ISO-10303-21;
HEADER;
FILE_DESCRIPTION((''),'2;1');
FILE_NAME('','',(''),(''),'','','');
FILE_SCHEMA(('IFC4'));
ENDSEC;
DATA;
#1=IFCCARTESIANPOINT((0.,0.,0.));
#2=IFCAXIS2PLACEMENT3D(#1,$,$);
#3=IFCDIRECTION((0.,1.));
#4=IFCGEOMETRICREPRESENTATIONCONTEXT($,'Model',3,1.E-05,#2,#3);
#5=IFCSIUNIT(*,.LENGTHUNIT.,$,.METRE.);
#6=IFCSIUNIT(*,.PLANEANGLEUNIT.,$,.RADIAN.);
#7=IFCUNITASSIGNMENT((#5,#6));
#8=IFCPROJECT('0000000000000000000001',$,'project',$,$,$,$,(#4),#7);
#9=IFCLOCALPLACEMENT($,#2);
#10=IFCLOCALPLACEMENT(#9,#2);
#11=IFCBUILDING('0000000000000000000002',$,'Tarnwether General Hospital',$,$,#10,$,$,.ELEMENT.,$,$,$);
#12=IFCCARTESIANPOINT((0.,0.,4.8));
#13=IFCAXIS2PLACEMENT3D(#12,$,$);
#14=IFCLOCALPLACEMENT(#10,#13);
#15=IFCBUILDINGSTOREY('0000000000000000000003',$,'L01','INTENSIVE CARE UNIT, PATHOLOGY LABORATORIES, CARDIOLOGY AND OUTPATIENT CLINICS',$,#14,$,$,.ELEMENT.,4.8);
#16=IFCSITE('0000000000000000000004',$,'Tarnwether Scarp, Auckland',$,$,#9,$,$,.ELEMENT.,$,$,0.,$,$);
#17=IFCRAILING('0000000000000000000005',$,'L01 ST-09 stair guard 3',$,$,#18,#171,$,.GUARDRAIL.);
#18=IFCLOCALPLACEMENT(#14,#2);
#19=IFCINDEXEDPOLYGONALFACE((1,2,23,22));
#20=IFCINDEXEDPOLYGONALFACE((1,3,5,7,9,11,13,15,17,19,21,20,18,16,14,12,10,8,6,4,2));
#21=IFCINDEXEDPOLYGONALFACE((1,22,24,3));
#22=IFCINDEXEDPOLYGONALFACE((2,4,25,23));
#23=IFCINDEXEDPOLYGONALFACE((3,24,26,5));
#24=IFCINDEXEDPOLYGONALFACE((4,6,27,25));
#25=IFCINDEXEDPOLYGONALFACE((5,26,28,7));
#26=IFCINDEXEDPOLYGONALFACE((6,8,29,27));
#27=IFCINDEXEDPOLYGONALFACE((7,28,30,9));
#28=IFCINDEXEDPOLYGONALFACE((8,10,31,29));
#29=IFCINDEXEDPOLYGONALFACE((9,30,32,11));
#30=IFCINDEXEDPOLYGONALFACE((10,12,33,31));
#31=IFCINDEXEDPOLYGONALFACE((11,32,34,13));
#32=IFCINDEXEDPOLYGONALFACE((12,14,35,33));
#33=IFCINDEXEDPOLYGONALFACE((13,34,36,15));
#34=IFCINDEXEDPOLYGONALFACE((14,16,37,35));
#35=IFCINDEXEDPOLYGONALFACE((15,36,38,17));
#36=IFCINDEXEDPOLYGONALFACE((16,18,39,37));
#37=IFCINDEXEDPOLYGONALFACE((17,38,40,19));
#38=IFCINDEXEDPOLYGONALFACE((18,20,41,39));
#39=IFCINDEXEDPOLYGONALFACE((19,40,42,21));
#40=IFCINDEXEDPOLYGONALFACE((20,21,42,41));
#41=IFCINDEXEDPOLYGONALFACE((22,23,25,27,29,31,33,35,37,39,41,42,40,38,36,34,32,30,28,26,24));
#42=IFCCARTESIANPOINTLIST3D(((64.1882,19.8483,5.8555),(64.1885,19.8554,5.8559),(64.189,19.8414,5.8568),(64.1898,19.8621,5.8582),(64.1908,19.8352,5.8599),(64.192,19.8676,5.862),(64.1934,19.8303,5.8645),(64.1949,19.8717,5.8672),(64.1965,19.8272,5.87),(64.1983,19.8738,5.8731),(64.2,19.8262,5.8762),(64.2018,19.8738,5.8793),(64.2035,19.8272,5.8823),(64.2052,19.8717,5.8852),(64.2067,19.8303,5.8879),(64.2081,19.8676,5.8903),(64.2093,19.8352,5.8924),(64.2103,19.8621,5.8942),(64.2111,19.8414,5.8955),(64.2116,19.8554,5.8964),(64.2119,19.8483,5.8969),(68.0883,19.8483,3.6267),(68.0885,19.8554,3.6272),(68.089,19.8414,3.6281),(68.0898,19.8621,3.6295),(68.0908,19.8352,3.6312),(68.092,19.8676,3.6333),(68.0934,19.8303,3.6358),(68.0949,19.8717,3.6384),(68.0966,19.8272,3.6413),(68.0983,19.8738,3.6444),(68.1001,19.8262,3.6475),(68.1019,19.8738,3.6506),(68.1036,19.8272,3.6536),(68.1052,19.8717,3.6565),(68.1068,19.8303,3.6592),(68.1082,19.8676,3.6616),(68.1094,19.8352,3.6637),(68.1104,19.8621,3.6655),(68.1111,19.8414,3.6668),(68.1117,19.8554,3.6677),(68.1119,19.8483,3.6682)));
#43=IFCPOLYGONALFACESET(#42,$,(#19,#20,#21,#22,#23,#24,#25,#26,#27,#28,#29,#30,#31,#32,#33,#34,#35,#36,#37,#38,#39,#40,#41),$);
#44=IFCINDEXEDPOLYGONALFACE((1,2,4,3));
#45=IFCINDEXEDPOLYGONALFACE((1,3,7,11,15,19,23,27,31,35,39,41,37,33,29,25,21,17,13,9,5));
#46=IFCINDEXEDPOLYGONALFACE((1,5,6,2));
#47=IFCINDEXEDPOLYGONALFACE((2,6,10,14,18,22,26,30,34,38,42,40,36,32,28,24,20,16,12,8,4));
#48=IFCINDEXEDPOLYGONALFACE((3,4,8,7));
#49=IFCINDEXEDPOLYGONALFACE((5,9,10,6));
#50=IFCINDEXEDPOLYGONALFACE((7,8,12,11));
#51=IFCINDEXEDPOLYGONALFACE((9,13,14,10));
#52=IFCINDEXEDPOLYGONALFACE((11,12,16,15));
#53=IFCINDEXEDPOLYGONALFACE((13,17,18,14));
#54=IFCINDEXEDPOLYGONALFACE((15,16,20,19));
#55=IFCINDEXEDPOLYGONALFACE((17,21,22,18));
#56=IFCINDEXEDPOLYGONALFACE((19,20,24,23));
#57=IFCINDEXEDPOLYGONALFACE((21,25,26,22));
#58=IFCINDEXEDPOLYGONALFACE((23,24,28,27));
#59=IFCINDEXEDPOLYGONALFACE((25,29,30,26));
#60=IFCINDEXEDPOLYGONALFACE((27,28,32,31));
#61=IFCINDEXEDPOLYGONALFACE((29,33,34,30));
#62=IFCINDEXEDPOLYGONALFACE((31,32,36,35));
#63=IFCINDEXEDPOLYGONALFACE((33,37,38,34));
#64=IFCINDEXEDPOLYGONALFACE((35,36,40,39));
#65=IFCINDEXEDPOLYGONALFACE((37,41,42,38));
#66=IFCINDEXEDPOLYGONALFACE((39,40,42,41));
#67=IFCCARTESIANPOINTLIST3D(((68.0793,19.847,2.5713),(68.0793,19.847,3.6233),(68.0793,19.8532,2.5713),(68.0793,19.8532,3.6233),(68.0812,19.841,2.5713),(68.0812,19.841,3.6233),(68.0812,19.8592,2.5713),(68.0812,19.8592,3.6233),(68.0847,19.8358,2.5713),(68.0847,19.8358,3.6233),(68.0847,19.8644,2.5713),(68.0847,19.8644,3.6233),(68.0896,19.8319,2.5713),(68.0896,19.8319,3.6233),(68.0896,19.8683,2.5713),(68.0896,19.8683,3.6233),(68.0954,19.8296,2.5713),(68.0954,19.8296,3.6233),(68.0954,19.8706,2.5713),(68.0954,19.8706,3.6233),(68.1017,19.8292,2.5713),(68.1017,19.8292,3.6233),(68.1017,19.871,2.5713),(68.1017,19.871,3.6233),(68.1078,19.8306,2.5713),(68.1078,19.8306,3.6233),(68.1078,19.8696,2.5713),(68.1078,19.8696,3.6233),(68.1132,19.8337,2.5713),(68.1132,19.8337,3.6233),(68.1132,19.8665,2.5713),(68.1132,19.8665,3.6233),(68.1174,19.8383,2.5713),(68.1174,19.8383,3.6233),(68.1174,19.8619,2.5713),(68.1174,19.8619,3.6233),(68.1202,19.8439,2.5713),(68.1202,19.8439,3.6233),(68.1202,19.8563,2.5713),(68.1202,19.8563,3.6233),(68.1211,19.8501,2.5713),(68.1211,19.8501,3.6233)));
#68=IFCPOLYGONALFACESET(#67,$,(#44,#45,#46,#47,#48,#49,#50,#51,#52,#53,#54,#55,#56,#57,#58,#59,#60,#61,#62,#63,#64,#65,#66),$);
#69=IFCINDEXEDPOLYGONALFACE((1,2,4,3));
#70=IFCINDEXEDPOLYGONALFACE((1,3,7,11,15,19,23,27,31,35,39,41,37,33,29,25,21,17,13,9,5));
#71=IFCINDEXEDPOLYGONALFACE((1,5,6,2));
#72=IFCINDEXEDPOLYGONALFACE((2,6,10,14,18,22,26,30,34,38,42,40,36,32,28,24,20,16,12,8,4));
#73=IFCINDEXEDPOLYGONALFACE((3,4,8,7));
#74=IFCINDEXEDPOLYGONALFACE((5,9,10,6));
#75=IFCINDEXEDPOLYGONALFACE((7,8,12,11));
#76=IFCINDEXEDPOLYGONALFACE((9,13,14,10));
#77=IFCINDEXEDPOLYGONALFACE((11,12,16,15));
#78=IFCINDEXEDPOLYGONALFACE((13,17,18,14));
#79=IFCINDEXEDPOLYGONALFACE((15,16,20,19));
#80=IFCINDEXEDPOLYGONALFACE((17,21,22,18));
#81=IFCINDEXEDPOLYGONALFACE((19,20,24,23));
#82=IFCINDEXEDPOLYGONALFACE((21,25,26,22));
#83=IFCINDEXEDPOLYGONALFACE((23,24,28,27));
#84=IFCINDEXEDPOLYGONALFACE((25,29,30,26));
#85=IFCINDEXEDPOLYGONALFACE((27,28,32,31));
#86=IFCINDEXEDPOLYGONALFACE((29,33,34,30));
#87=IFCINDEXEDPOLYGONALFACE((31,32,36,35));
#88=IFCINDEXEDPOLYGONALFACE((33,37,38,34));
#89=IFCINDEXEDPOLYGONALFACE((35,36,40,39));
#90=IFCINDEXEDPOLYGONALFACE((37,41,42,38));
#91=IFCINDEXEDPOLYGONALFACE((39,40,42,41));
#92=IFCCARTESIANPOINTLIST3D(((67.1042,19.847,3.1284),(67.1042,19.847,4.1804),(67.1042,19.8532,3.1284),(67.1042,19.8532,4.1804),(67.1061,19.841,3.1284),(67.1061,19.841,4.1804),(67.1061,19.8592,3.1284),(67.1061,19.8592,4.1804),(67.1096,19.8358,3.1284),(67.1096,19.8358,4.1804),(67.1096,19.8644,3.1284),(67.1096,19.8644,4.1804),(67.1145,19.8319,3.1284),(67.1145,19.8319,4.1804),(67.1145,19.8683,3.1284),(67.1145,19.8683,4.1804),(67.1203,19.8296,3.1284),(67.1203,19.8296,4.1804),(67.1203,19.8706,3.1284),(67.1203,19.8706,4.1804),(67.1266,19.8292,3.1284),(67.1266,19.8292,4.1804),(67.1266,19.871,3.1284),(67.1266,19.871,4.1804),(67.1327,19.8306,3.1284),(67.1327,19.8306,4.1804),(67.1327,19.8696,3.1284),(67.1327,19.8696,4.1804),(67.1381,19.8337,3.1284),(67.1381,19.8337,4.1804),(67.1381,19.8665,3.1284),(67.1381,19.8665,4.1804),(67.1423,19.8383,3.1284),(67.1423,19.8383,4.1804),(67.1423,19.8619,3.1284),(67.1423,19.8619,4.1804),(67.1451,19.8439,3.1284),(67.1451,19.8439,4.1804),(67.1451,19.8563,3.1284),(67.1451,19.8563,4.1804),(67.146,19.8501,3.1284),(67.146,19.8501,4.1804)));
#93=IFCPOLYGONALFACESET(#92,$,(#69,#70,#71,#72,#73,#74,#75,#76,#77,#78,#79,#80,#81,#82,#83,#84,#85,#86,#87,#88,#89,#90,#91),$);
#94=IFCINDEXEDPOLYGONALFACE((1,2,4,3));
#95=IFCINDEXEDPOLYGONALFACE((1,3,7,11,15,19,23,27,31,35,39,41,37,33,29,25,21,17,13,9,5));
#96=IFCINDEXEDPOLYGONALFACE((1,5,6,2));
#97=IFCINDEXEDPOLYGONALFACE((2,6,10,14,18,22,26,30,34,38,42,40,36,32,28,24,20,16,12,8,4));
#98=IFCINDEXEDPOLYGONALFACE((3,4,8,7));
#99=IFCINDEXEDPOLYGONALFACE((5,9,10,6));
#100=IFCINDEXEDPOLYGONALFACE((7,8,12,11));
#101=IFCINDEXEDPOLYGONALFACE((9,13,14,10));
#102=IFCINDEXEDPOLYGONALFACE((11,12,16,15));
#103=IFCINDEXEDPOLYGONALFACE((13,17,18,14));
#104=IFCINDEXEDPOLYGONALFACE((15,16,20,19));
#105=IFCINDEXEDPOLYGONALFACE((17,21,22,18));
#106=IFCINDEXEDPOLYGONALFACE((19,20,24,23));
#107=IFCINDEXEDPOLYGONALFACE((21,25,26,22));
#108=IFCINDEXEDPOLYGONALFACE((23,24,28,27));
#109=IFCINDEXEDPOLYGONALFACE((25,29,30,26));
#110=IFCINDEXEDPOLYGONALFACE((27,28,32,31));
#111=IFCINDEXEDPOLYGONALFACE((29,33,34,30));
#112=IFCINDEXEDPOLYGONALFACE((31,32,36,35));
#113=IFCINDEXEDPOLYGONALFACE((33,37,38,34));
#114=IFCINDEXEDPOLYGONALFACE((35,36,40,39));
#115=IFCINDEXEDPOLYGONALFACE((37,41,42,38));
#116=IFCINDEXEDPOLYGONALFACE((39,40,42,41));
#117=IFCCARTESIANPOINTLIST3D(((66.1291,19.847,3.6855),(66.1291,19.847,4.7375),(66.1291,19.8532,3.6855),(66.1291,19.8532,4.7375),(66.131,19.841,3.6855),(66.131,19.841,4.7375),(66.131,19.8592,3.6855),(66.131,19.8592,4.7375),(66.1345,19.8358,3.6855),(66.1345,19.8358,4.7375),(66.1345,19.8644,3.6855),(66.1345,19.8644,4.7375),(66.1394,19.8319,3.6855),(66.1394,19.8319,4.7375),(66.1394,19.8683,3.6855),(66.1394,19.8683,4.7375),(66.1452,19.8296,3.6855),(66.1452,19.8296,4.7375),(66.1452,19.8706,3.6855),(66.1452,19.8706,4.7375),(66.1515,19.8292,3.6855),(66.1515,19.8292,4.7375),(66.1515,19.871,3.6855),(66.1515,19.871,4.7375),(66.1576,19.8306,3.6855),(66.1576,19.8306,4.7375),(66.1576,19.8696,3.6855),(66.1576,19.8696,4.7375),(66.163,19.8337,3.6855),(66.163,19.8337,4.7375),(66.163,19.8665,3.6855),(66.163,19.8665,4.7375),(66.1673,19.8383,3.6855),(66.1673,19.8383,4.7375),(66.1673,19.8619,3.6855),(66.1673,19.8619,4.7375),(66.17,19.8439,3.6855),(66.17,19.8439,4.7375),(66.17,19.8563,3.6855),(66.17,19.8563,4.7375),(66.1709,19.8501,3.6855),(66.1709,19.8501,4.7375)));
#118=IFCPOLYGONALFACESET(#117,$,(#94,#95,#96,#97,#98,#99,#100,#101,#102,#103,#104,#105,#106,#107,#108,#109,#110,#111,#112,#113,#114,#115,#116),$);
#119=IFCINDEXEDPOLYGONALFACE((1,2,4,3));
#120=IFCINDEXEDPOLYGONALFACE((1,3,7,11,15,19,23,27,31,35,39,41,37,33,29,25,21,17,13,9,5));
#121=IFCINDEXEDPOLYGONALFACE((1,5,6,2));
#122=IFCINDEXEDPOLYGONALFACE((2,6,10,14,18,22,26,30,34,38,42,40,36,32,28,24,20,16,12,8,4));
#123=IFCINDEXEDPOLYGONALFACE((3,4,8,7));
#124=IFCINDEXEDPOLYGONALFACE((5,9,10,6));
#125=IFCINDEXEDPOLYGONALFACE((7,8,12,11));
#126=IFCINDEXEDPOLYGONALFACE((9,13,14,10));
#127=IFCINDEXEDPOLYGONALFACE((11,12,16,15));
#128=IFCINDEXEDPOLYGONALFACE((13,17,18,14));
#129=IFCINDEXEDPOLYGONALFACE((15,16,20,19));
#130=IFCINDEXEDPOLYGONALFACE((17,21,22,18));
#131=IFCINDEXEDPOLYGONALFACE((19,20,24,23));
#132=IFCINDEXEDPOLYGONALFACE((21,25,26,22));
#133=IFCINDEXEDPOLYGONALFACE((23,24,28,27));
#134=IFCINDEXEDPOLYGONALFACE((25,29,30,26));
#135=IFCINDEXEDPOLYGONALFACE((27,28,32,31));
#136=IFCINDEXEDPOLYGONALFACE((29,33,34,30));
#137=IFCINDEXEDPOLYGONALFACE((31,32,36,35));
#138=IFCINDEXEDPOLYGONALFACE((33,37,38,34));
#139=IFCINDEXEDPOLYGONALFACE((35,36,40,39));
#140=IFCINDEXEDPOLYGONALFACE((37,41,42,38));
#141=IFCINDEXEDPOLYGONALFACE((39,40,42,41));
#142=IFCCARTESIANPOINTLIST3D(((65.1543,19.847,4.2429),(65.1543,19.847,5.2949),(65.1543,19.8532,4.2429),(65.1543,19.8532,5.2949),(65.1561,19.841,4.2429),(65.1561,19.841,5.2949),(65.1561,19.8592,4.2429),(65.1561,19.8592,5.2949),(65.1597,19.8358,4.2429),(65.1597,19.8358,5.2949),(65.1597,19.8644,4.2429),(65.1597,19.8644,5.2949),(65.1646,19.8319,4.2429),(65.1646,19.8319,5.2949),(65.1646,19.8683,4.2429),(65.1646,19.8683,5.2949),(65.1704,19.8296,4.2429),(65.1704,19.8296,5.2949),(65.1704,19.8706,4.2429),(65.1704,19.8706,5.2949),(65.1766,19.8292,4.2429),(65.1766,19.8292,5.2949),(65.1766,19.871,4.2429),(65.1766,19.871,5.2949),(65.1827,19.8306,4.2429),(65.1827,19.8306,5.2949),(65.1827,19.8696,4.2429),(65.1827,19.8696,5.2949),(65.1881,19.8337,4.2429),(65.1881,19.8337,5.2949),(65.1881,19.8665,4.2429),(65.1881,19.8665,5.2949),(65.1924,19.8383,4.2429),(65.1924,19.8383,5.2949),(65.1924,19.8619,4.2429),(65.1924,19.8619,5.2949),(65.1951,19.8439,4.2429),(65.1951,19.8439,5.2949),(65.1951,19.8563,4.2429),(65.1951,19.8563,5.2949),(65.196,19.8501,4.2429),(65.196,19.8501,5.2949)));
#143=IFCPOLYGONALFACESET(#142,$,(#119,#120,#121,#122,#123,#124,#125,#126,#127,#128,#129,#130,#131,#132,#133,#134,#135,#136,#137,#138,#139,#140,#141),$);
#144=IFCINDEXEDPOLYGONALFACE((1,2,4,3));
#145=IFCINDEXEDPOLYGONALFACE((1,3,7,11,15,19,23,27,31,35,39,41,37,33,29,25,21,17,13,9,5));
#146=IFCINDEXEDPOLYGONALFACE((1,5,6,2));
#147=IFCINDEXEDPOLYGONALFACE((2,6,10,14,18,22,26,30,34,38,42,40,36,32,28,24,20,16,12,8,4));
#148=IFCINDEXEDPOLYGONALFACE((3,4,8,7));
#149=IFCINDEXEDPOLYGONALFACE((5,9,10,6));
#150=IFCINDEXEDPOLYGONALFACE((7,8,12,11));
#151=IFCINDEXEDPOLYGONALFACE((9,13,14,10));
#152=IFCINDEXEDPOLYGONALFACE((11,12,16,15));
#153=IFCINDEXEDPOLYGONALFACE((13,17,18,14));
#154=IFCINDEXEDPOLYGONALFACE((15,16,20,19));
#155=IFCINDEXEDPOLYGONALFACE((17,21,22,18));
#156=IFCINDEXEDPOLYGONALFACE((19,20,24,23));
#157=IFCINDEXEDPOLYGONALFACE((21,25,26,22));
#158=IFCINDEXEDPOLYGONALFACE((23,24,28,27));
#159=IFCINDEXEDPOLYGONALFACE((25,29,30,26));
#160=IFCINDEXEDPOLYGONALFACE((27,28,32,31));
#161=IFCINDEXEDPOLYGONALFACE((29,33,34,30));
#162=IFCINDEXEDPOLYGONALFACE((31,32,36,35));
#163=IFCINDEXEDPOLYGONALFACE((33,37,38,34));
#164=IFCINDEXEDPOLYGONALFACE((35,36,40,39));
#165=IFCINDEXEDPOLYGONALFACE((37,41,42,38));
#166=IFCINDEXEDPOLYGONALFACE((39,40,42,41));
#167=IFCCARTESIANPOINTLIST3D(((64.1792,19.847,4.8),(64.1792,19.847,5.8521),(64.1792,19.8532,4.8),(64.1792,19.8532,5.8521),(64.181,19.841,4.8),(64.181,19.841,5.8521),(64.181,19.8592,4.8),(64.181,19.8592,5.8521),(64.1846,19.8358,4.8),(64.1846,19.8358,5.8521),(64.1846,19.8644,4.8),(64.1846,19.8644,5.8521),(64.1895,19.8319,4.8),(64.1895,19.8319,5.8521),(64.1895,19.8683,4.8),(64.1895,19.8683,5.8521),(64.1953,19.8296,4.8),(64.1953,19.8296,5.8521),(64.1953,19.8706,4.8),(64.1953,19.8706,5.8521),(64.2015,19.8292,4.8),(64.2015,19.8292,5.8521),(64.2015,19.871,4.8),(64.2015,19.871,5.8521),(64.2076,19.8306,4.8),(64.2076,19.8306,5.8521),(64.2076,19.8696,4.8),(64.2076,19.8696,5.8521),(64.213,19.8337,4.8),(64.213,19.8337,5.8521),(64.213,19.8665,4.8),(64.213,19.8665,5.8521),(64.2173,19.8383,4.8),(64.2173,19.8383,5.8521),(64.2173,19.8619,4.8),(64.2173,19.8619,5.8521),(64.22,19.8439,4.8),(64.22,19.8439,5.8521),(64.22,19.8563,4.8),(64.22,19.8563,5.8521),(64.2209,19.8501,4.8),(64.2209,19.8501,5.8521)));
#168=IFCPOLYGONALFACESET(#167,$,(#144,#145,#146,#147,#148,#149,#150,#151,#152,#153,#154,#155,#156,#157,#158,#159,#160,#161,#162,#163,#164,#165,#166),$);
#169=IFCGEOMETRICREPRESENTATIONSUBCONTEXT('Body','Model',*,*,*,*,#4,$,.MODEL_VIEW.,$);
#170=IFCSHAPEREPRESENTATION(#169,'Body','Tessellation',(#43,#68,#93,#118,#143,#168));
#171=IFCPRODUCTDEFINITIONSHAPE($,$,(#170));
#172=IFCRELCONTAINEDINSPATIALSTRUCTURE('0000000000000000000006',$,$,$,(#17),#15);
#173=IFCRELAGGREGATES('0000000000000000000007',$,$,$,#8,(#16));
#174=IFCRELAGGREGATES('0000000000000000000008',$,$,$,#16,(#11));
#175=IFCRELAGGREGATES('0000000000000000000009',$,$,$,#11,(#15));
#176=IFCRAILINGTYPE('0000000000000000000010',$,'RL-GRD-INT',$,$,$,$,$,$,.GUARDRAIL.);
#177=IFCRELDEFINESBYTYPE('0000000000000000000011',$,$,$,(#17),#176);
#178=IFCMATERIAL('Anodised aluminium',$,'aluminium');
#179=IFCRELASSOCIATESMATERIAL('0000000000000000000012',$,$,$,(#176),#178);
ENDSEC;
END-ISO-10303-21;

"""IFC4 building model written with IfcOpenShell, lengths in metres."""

from ifc_helpers import new_model, si_unit, direction, frame, origin, origin_2d, place, context, subcontext, project, spatial, circle, extrude, material, type_object, element, save


model = new_model("IFC4")

# Units and contexts
model_context = context("Model", 3, precision=1e-05, world=origin(), true_north=direction((0.0, 1.0)))
body_context = subcontext(model_context, "Body", "Model", "MODEL_VIEW")
ifc_project = project(units=[si_unit("LENGTHUNIT", "METRE"), si_unit("PLANEANGLEUNIT", "RADIAN")], contexts=[model_context])

# Site, building, storey
site_placement = place(None, origin())
site = spatial("IfcSite", under=ifc_project, at=site_placement, Name="Tarnwether Scarp, Auckland", CompositionType="ELEMENT", RefElevation=0.0)
building_placement = place(site_placement, origin())
building = spatial("IfcBuilding", under=site, at=building_placement, Name="Tarnwether General Hospital", CompositionType="ELEMENT")
storey_placement = place(building_placement, frame((0.0, 0.0, 4.8)))
storey = spatial("IfcBuildingStorey", under=building, at=storey_placement, Name="L01", Description="INTENSIVE CARE UNIT, PATHOLOGY LABORATORIES, CARDIOLOGY AND OUTPATIENT CLINICS", CompositionType="ELEMENT", Elevation=4.8)

# Railing
ifc_material_1 = material(Name="Anodised aluminium", Category="aluminium")
railing_type_1 = type_object("IfcRailingType", Name="RL-GRD-INT", PredefinedType="GUARDRAIL", material=ifc_material_1)
railing_1_placement = place(storey_placement, frame((68.1001, 19.8501, 2.5713)))
element("IfcRailing", 1, at=railing_1_placement, inside=storey, type_object=railing_type_1, Name="L01 ST-09 stair guard 3", PredefinedType="GUARDRAIL", context=body_context, shape_type="SweptSolid", body=[
    extrude(circle(Radius=0.0239, at=origin_2d()), frame((0.0, 0.0, 1.0762), z_axis=(-0.868233, 0.0, 0.496156), x_axis=(0.0, -1.0, 0.0)), (0.0, 0.0, 1.0), 4.4919),
    extrude(circle(Radius=0.021, at=origin_2d()), origin(), (0.0, 0.0, 1.0), 1.052),
    extrude(circle(Radius=0.021, at=origin_2d()), frame((-0.9751, 0.0, 0.5571)), (0.0, 0.0, 1.0), 1.052),
    extrude(circle(Radius=0.021, at=origin_2d()), frame((-1.9502, 0.0, 1.1143)), (0.0, 0.0, 1.0), 1.052),
    extrude(circle(Radius=0.021, at=origin_2d()), frame((-2.925, 0.0, 1.6716)), (0.0, 0.0, 1.0), 1.052),
    extrude(circle(Radius=0.021, at=origin_2d()), frame((-3.9001, 0.0, 2.2288)), (0.0, 0.0, 1.0), 1.052),
])

save(model, "model.ifc")
